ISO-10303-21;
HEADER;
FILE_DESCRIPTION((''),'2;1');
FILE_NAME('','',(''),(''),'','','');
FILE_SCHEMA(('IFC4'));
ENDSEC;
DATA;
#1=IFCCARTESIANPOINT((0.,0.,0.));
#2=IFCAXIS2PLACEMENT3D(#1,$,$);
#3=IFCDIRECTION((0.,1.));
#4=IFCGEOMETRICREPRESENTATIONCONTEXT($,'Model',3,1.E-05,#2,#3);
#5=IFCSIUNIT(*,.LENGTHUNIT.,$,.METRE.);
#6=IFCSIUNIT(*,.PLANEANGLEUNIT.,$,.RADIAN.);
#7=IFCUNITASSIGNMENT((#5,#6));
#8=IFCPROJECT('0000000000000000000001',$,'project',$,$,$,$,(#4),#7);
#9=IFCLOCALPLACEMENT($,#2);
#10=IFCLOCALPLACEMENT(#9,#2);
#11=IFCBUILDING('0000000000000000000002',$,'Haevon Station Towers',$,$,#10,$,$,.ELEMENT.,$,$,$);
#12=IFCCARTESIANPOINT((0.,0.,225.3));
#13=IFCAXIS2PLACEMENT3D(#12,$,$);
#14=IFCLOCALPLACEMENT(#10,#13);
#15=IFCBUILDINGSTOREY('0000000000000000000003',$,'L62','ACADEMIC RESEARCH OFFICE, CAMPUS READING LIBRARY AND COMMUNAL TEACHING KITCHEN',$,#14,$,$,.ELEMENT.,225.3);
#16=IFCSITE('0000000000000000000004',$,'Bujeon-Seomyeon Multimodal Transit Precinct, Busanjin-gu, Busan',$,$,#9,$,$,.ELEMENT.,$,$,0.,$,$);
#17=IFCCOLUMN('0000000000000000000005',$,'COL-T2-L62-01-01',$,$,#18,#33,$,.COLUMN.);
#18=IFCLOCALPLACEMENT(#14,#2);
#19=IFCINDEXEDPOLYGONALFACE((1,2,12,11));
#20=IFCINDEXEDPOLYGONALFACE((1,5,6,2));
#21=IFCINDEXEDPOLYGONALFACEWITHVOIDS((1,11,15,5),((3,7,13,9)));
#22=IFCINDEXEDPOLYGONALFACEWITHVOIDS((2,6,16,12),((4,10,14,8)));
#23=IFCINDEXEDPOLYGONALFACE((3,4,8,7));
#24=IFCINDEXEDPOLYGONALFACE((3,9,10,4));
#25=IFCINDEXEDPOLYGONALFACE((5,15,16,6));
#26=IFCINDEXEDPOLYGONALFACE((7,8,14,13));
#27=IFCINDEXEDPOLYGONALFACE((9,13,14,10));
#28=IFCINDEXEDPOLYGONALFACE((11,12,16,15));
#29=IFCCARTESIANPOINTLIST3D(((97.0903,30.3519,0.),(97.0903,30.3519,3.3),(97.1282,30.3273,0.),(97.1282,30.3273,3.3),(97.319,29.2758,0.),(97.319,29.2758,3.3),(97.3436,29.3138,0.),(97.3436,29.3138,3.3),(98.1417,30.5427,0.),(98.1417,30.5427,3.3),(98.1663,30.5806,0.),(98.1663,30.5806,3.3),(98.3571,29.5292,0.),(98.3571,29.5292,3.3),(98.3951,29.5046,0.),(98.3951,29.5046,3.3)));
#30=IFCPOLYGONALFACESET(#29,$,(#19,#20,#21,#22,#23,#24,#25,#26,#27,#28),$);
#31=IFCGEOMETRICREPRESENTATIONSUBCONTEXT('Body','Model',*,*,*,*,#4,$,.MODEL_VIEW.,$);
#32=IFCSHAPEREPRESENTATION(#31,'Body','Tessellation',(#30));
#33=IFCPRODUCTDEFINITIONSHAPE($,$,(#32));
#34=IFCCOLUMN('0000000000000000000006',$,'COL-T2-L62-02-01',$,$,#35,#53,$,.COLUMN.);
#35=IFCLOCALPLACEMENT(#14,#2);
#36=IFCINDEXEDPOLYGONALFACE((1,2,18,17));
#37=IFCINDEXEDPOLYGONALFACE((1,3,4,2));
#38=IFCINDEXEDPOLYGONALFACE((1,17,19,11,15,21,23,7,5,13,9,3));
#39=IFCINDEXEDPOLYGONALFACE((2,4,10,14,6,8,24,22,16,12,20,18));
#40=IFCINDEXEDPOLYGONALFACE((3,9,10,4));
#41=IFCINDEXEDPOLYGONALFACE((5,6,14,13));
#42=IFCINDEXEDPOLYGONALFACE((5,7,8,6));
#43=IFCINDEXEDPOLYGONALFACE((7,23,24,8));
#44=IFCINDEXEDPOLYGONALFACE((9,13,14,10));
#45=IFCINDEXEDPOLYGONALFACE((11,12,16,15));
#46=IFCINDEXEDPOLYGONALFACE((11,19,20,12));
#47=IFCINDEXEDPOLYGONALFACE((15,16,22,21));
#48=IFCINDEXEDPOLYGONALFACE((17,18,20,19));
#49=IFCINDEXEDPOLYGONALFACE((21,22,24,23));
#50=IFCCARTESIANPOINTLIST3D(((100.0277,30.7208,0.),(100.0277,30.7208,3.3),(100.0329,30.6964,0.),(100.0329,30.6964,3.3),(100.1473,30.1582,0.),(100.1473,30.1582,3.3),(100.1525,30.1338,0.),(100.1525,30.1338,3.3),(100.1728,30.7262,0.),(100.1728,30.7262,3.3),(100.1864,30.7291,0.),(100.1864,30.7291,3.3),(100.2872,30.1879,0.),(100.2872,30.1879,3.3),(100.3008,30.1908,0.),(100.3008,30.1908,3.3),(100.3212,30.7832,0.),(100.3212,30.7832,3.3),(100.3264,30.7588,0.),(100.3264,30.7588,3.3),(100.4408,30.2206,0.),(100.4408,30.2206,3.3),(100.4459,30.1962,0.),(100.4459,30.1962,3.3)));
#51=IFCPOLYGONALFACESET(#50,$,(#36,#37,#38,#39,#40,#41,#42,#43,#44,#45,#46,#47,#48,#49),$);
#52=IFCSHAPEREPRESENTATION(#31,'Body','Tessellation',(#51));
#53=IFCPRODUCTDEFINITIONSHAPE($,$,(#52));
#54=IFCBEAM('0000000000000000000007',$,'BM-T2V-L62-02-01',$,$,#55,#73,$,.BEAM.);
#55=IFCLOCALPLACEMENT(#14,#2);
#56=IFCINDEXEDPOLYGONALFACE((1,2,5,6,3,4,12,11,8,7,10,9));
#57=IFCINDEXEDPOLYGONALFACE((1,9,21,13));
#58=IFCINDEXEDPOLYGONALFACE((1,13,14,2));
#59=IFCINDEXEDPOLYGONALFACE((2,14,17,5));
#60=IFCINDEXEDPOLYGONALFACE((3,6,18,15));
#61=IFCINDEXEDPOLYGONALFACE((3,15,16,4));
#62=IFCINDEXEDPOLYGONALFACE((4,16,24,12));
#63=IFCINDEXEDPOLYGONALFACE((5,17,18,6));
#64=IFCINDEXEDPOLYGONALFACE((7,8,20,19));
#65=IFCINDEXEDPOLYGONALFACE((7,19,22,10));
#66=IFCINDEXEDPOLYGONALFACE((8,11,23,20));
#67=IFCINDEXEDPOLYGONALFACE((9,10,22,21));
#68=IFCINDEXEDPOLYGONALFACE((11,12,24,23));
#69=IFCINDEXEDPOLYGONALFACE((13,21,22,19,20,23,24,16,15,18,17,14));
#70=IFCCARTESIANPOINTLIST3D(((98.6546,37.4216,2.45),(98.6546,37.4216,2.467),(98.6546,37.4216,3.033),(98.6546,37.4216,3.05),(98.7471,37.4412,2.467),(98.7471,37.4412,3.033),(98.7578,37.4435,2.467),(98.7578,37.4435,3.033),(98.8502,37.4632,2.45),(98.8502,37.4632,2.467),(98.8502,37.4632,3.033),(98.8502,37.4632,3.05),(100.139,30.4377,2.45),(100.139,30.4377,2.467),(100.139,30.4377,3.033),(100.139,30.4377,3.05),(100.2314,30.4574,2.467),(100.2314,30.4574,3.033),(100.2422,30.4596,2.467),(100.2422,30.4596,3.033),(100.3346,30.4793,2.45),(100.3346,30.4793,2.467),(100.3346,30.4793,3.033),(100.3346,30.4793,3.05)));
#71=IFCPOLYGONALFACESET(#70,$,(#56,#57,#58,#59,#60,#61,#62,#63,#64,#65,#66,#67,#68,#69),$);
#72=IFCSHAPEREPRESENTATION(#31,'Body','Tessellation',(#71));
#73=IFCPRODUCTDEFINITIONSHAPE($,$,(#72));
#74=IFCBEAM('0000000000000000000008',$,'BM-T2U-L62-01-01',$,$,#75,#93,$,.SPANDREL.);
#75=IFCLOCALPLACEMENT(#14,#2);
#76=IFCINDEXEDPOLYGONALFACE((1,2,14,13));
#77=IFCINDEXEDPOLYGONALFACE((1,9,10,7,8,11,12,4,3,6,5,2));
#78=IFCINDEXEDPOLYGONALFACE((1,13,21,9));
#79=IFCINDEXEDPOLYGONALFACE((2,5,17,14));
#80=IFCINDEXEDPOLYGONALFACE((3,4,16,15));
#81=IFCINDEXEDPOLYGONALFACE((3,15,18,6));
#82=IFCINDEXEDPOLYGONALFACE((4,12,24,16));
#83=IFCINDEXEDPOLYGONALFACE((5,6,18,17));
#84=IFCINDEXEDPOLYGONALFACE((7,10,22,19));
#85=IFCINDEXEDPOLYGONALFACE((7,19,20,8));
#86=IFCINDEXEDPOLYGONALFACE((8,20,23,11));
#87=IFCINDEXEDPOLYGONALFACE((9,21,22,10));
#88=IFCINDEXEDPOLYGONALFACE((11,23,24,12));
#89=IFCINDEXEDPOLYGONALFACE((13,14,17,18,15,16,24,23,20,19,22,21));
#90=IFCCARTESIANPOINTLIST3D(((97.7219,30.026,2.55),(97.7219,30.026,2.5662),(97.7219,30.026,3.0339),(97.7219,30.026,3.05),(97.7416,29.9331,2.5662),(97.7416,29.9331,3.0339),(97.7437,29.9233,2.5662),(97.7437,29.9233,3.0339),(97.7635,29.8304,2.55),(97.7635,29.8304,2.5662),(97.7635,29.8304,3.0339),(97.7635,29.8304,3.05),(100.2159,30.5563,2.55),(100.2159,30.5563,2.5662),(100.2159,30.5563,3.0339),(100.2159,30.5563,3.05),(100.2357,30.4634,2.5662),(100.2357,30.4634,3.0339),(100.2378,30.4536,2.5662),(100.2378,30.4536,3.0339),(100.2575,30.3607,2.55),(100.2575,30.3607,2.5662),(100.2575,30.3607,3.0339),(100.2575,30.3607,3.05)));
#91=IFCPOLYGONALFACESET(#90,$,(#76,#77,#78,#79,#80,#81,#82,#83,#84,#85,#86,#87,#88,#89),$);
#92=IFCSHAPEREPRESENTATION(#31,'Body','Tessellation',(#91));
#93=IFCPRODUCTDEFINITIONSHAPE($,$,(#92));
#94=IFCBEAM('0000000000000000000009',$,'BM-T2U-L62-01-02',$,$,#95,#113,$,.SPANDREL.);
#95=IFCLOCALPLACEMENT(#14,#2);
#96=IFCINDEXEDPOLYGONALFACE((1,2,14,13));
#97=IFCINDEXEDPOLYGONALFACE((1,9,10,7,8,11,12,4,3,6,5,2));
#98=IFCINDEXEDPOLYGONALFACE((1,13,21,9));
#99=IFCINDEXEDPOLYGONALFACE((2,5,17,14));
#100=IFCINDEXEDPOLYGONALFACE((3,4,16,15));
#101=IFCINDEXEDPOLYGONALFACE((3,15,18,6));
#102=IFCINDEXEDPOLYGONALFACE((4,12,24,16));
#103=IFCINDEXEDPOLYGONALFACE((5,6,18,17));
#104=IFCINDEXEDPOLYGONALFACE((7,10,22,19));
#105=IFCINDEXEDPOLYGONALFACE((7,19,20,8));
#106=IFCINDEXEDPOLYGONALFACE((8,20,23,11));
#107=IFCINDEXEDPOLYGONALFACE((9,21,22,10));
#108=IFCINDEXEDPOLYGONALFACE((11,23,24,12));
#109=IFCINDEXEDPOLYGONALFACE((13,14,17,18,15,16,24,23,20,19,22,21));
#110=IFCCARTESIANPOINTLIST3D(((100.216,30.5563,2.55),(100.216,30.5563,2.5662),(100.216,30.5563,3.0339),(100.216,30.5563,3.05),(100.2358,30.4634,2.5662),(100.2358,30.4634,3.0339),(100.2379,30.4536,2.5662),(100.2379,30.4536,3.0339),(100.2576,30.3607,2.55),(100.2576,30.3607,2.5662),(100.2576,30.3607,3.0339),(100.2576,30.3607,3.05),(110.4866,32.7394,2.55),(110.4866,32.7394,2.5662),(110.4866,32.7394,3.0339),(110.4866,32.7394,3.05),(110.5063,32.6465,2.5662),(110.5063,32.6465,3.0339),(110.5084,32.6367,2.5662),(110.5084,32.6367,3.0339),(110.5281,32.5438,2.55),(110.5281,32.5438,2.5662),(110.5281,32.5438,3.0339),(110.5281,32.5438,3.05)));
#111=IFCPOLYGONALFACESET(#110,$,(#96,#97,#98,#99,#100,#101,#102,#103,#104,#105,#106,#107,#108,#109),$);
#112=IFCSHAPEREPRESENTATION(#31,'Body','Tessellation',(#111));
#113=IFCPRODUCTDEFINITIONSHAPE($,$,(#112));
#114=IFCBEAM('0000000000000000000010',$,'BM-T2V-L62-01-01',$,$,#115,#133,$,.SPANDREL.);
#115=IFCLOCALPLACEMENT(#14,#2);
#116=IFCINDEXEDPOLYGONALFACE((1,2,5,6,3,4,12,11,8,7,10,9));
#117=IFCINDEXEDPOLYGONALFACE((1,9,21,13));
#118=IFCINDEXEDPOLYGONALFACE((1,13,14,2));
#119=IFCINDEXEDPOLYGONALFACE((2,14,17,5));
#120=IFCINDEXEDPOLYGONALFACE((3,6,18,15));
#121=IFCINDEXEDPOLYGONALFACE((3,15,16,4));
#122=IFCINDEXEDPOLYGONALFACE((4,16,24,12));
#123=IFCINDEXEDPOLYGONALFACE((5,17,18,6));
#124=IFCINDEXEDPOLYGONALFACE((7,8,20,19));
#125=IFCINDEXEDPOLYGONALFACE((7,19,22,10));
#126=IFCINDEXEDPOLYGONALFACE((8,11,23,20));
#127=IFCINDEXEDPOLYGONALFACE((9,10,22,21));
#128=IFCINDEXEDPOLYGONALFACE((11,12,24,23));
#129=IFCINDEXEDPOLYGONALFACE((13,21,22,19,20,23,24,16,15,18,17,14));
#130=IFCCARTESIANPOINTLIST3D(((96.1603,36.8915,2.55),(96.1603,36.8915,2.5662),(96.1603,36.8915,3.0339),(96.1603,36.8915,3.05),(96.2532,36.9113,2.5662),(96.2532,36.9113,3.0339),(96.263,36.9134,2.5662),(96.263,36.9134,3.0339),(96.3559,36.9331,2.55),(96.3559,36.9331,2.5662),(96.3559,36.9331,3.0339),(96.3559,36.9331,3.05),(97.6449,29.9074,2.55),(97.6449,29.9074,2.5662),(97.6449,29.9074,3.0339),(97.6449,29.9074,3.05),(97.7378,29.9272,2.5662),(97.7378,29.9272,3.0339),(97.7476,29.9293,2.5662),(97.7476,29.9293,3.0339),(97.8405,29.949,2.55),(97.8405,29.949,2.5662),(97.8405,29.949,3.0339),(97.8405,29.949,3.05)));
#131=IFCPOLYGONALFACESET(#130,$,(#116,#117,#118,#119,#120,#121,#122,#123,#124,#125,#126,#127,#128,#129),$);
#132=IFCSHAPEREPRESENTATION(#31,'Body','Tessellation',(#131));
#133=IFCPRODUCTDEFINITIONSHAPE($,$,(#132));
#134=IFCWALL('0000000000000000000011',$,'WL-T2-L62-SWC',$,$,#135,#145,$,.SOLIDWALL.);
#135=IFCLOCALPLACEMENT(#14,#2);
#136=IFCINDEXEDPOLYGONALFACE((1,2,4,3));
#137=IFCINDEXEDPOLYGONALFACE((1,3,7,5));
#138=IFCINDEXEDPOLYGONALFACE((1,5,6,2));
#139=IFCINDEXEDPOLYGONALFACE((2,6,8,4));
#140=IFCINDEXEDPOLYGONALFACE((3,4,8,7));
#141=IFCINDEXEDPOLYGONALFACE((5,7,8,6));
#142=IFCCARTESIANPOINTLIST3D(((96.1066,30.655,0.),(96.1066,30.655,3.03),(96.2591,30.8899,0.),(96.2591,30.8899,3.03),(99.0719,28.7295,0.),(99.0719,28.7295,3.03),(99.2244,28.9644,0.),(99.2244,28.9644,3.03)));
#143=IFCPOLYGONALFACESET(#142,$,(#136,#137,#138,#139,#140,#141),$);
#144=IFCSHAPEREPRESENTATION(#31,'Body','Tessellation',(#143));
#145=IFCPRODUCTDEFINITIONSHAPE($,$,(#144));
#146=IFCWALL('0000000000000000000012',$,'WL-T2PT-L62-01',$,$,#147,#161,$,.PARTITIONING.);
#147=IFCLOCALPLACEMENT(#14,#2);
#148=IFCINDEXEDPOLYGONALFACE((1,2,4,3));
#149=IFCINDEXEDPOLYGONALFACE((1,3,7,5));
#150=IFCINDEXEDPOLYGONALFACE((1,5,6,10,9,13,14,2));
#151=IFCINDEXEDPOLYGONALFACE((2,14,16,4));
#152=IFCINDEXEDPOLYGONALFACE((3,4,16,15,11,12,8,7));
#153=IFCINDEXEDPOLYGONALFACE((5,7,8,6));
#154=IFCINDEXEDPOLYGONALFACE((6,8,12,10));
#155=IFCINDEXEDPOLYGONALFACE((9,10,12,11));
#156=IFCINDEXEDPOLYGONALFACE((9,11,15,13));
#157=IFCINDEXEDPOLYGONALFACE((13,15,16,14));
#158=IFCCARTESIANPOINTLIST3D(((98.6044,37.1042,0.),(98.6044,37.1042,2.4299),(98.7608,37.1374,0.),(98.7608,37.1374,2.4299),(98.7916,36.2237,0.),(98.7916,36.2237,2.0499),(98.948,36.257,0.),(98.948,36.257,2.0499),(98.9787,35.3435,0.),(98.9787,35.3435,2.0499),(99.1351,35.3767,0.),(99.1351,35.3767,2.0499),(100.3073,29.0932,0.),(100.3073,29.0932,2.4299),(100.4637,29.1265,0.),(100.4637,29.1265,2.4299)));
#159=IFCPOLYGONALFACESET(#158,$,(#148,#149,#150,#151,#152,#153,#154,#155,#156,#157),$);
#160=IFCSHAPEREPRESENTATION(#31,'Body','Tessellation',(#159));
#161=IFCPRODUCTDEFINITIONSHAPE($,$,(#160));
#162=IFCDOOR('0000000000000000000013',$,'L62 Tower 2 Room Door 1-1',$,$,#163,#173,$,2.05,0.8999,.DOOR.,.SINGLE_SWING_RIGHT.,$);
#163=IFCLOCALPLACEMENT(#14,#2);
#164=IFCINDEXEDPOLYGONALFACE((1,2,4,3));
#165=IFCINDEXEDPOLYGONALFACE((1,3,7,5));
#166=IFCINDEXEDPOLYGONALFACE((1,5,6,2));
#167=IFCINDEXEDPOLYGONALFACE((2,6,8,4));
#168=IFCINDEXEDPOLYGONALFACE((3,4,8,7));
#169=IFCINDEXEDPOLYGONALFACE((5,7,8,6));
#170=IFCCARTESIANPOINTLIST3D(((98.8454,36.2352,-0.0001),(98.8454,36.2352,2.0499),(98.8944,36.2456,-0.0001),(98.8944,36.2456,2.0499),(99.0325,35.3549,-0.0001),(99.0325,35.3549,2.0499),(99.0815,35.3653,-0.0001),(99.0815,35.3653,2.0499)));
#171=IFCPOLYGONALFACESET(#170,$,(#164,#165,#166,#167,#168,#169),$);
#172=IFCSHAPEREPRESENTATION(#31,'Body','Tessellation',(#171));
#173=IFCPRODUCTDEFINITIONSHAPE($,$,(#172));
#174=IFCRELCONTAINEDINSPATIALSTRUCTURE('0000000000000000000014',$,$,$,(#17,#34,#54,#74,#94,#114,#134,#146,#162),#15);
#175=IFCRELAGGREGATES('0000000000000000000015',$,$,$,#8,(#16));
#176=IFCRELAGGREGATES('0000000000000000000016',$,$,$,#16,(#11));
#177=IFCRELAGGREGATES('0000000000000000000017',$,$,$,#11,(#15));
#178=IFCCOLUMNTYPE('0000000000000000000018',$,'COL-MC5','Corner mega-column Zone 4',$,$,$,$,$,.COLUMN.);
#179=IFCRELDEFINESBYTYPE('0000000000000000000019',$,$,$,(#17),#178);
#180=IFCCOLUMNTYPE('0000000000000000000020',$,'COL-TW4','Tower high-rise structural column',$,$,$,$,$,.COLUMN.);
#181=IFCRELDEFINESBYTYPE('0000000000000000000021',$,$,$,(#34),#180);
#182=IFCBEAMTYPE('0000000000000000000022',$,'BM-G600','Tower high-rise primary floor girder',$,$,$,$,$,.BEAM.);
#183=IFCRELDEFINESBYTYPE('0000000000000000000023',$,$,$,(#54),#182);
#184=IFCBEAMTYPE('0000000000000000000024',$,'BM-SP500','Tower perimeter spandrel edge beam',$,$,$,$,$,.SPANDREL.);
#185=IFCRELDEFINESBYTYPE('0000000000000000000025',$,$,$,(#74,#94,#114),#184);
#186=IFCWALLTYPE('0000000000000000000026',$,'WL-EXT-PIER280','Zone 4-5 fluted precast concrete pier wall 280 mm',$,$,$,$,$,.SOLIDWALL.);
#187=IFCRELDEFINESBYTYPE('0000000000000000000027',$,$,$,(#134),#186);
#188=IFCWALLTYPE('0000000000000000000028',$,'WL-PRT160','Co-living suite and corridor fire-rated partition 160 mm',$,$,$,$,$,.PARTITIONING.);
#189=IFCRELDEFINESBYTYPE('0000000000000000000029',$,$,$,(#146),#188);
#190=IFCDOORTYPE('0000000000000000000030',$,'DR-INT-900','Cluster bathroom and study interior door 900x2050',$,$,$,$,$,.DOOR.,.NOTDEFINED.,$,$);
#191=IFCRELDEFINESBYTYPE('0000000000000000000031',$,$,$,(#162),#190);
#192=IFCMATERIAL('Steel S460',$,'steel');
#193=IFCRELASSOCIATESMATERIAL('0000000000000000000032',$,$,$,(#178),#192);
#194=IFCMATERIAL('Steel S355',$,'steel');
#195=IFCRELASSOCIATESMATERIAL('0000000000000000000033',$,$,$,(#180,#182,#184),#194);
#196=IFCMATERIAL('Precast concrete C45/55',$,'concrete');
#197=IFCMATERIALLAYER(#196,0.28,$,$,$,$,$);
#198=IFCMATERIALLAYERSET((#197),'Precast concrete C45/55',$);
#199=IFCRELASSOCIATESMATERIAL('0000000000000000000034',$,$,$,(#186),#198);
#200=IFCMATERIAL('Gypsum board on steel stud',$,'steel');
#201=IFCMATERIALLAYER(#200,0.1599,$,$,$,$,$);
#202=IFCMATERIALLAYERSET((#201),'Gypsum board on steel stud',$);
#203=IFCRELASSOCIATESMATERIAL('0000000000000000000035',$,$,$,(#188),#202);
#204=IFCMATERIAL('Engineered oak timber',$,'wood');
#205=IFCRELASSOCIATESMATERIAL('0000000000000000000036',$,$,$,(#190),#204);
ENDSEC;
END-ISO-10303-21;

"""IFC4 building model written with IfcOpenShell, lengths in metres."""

from ifc_helpers import new_model, si_unit, direction, frame, frame_2d, origin, origin_2d, place, context, subcontext, project, spatial, rectangle, hollow_rectangle, i_section, extrude, material, layer, layer_set, material_profile, profile_set, type_object, element, fill, save


model = new_model("IFC4")

# Units and contexts
model_context = context("Model", 3, precision=1e-05, world=origin(), true_north=direction((0.0, 1.0)))
body_context = subcontext(model_context, "Body", "Model", "MODEL_VIEW")
ifc_project = project(units=[si_unit("LENGTHUNIT", "METRE"), si_unit("PLANEANGLEUNIT", "RADIAN")], contexts=[model_context])

# Site, building, storey
site_placement = place(None, origin())
site = spatial("IfcSite", under=ifc_project, at=site_placement, Name="Bujeon-Seomyeon Multimodal Transit Precinct, Busanjin-gu, Busan", CompositionType="ELEMENT", RefElevation=0.0)
building_placement = place(site_placement, origin())
building = spatial("IfcBuilding", under=site, at=building_placement, Name="Haevon Station Towers", CompositionType="ELEMENT")
storey_placement = place(building_placement, frame((0.0, 0.0, 225.3)))
storey = spatial("IfcBuildingStorey", under=building, at=storey_placement, Name="L62", Description="ACADEMIC RESEARCH OFFICE, CAMPUS READING LIBRARY AND COMMUNAL TEACHING KITCHEN", CompositionType="ELEMENT", Elevation=225.3)

# Columns
ifc_material_1 = material(Name="Steel S460", Category="steel")
ifc_material_profile_1 = material_profile(ifc_material_1, hollow_rectangle(XDim=1.1001, YDim=1.1001, WallThickness=0.032, at=origin_2d()), Name="BOX-1100x1100x32")
ifc_profile_set_1 = profile_set([ifc_material_profile_1], Name="Steel S460")
column_type_1 = type_object("IfcColumnType", Name="COL-MC5", Description="Corner mega-column Zone 4", PredefinedType="COLUMN", material=ifc_profile_set_1)
column_1_placement = place(storey_placement, frame((97.7427, 29.9282, 0.0), z_axis=(0.0, 0.0, 1.0), x_axis=(0.978148, 0.207912, 0.0)))
element("IfcColumn", 1, at=column_1_placement, inside=storey, type_object=column_type_1, Name="COL-T2-L62-01-01", PredefinedType="COLUMN", context=body_context, shape_type="SweptSolid", body=[
    extrude(hollow_rectangle(XDim=1.1001, YDim=1.1001, WallThickness=0.032, at=origin_2d()), origin(), (0.0, 0.0, 1.0), 3.3),
])
ifc_material_2 = material(Name="Steel S355", Category="steel")
ifc_material_profile_2 = material_profile(ifc_material_2, i_section(OverallWidth=0.3, OverallDepth=0.6001, WebThickness=0.0139, FlangeThickness=0.0249, at=origin_2d()), Name="H-600x300x14x25")
ifc_profile_set_2 = profile_set([ifc_material_profile_2], Name="Steel S355")
column_type_2 = type_object("IfcColumnType", Name="COL-TW4", Description="Tower high-rise structural column", PredefinedType="COLUMN", material=ifc_profile_set_2)
column_2_placement = place(storey_placement, frame((100.2368, 30.4585, 0.0), z_axis=(0.0, 0.0, 1.0), x_axis=(0.978148, 0.207912, 0.0)))
element("IfcColumn", 2, at=column_2_placement, inside=storey, type_object=column_type_2, Name="COL-T2-L62-02-01", PredefinedType="COLUMN", context=body_context, shape_type="SweptSolid", body=[
    extrude(i_section(OverallWidth=0.3, OverallDepth=0.6001, WebThickness=0.0139, FlangeThickness=0.0249, at=origin_2d()), origin(), (0.0, 0.0, 1.0), 3.3),
])

# Beams
ifc_material_profile_3 = material_profile(ifc_material_2, i_section(OverallWidth=0.2, OverallDepth=0.6001, WebThickness=0.011, FlangeThickness=0.0171, at=origin_2d()), Name="H-600x200x11x17")
ifc_profile_set_3 = profile_set([ifc_material_profile_3], Name="Steel S355")
beam_type_1 = type_object("IfcBeamType", Name="BM-G600", Description="Tower high-rise primary floor girder", PredefinedType="BEAM", material=ifc_profile_set_3)
beam_1_placement = place(storey_placement, frame((100.2368, 30.4585, 2.75), z_axis=(-0.207899, 0.97815, 0.0), x_axis=(-0.97815, -0.207899, 0.0)))
element("IfcBeam", 3, at=beam_1_placement, inside=storey, type_object=beam_type_1, Name="BM-T2V-L62-02-01", PredefinedType="BEAM", context=body_context, shape_type="SweptSolid", body=[
    extrude(i_section(OverallWidth=0.2, OverallDepth=0.6001, WebThickness=0.011, FlangeThickness=0.0171, at=origin_2d()), origin(), (0.0, 0.0, 1.0), 7.1399),
])
ifc_material_profile_4 = material_profile(ifc_material_2, i_section(OverallWidth=0.2, OverallDepth=0.5, WebThickness=0.01, FlangeThickness=0.0161, at=origin_2d()), Name="H-500x200x10x16")
ifc_profile_set_4 = profile_set([ifc_material_profile_4], Name="Steel S355")
beam_type_2 = type_object("IfcBeamType", Name="BM-SP500", Description="Tower perimeter spandrel edge beam", PredefinedType="SPANDREL", material=ifc_profile_set_4)
beam_2_placement = place(storey_placement, frame((97.7427, 29.9282, 2.8), z_axis=(0.978137, 0.20796, 0.0), x_axis=(-0.20796, 0.978137, 0.0)))
element("IfcBeam", 4, at=beam_2_placement, inside=storey, type_object=beam_type_2, Name="BM-T2U-L62-01-01", PredefinedType="SPANDREL", context=body_context, shape_type="SweptSolid", body=[
    extrude(i_section(OverallWidth=0.2, OverallDepth=0.5, WebThickness=0.01, FlangeThickness=0.0161, at=origin_2d()), origin(), (0.0, 0.0, 1.0), 2.5498),
])
beam_3_placement = place(storey_placement, frame((100.2368, 30.4585, 2.8), z_axis=(0.978147, 0.207915, 0.0), x_axis=(-0.207915, 0.978147, 0.0)))
element("IfcBeam", 5, at=beam_3_placement, inside=storey, type_object=beam_type_2, Name="BM-T2U-L62-01-02", PredefinedType="SPANDREL", context=body_context, shape_type="SweptSolid", body=[
    extrude(i_section(OverallWidth=0.2, OverallDepth=0.5, WebThickness=0.01, FlangeThickness=0.0161, at=origin_2d()), origin(), (0.0, 0.0, 1.0), 10.5),
])
beam_4_placement = place(storey_placement, frame((97.7427, 29.9282, 2.8), z_axis=(-0.207925, 0.978145, 0.0), x_axis=(-0.978145, -0.207925, 0.0)))
element("IfcBeam", 6, at=beam_4_placement, inside=storey, type_object=beam_type_2, Name="BM-T2V-L62-01-01", PredefinedType="SPANDREL", context=body_context, shape_type="SweptSolid", body=[
    extrude(i_section(OverallWidth=0.2, OverallDepth=0.5, WebThickness=0.01, FlangeThickness=0.0161, at=origin_2d()), origin(), (0.0, 0.0, 1.0), 7.1401),
])

# Wall
ifc_material_3 = material(Name="Precast concrete C45/55", Category="concrete")
ifc_layer_1 = layer(ifc_material_3, 0.28)
ifc_layer_set_1 = layer_set([ifc_layer_1], Name="Precast concrete C45/55")
wall_type_1 = type_object("IfcWallType", Name="WL-EXT-PIER280", Description="Zone 4-5 fluted precast concrete pier wall 280 mm", PredefinedType="SOLIDWALL", material=ifc_layer_set_1)
wall_1_placement = place(storey_placement, frame((99.1482, 28.8469, 0.0), z_axis=(0.0, 0.0, 1.0), x_axis=(-0.838693, 0.544605, 0.0)))
element("IfcWall", 7, at=wall_1_placement, inside=storey, type_object=wall_type_1, Name="WL-T2-L62-SWC", PredefinedType="SOLIDWALL", context=body_context, shape_type="SweptSolid", body=[
    extrude(rectangle(XDim=3.5356, YDim=0.28, at=frame_2d((1.7678, 0.0))), origin(), (0.0, 0.0, 1.0), 3.03),
])

# Wall, opening, door
ifc_material_4 = material(Name="Gypsum board on steel stud", Category="steel")
ifc_layer_2 = layer(ifc_material_4, 0.1599)
ifc_layer_set_2 = layer_set([ifc_layer_2], Name="Gypsum board on steel stud")
wall_type_2 = type_object("IfcWallType", Name="WL-PRT160", Description="Co-living suite and corridor fire-rated partition 160 mm", PredefinedType="PARTITIONING", material=ifc_layer_set_2)
wall_2_placement = place(storey_placement, frame((100.3855, 29.1099, 0.0), z_axis=(0.0, 0.0, 1.0), x_axis=(-0.207923, 0.978145, 0.0)))
wall_2 = element("IfcWall", 8, at=wall_2_placement, inside=storey, type_object=wall_type_2, Name="WL-T2PT-L62-01", PredefinedType="PARTITIONING", context=body_context, shape_type="SweptSolid", body=[
    extrude(rectangle(XDim=8.1899, YDim=0.1599, at=frame_2d((4.095, 0.0))), origin(), (0.0, 0.0, 1.0), 2.4299),
])
opening_placement = place(wall_2_placement, frame((6.3899, 0.0, 0.0)))
opening = element("IfcOpeningElement", 9, at=opening_placement, cuts=wall_2, PredefinedType="OPENING", context=body_context, shape_type="SweptSolid", body=[
    extrude(rectangle(XDim=0.8999, YDim=2.05, at=frame_2d((0.45, 1.0249))), frame((0.0, 0.0898, 0.0), z_axis=(0.0, -1.0, 0.0), x_axis=(1.0, 0.0, 0.0)), (0.0, 0.0, 1.0), 0.1799),
])
ifc_material_5 = material(Name="Engineered oak timber", Category="wood")
door_type = type_object("IfcDoorType", Name="DR-INT-900", Description="Cluster bathroom and study interior door 900x2050", OperationType="NOTDEFINED", PredefinedType="DOOR", material=ifc_material_5)
door_placement = place(opening_placement, origin())
door = element("IfcDoor", 10, at=door_placement, inside=storey, type_object=door_type, Name="L62 Tower 2 Room Door 1-1", OperationType="SINGLE_SWING_RIGHT", OverallHeight=2.05, OverallWidth=0.8999, PredefinedType="DOOR", context=body_context, shape_type="SweptSolid", body=[
    extrude(rectangle(XDim=0.8999, YDim=2.05, at=frame_2d((0.45, 1.0249))), frame((0.0, 0.0249, 0.0), z_axis=(0.0, -1.0, 0.0), x_axis=(1.0, 0.0, 0.0)), (0.0, 0.0, 1.0), 0.05),
])
fill(opening, door)

save(model, "model.ifc")
